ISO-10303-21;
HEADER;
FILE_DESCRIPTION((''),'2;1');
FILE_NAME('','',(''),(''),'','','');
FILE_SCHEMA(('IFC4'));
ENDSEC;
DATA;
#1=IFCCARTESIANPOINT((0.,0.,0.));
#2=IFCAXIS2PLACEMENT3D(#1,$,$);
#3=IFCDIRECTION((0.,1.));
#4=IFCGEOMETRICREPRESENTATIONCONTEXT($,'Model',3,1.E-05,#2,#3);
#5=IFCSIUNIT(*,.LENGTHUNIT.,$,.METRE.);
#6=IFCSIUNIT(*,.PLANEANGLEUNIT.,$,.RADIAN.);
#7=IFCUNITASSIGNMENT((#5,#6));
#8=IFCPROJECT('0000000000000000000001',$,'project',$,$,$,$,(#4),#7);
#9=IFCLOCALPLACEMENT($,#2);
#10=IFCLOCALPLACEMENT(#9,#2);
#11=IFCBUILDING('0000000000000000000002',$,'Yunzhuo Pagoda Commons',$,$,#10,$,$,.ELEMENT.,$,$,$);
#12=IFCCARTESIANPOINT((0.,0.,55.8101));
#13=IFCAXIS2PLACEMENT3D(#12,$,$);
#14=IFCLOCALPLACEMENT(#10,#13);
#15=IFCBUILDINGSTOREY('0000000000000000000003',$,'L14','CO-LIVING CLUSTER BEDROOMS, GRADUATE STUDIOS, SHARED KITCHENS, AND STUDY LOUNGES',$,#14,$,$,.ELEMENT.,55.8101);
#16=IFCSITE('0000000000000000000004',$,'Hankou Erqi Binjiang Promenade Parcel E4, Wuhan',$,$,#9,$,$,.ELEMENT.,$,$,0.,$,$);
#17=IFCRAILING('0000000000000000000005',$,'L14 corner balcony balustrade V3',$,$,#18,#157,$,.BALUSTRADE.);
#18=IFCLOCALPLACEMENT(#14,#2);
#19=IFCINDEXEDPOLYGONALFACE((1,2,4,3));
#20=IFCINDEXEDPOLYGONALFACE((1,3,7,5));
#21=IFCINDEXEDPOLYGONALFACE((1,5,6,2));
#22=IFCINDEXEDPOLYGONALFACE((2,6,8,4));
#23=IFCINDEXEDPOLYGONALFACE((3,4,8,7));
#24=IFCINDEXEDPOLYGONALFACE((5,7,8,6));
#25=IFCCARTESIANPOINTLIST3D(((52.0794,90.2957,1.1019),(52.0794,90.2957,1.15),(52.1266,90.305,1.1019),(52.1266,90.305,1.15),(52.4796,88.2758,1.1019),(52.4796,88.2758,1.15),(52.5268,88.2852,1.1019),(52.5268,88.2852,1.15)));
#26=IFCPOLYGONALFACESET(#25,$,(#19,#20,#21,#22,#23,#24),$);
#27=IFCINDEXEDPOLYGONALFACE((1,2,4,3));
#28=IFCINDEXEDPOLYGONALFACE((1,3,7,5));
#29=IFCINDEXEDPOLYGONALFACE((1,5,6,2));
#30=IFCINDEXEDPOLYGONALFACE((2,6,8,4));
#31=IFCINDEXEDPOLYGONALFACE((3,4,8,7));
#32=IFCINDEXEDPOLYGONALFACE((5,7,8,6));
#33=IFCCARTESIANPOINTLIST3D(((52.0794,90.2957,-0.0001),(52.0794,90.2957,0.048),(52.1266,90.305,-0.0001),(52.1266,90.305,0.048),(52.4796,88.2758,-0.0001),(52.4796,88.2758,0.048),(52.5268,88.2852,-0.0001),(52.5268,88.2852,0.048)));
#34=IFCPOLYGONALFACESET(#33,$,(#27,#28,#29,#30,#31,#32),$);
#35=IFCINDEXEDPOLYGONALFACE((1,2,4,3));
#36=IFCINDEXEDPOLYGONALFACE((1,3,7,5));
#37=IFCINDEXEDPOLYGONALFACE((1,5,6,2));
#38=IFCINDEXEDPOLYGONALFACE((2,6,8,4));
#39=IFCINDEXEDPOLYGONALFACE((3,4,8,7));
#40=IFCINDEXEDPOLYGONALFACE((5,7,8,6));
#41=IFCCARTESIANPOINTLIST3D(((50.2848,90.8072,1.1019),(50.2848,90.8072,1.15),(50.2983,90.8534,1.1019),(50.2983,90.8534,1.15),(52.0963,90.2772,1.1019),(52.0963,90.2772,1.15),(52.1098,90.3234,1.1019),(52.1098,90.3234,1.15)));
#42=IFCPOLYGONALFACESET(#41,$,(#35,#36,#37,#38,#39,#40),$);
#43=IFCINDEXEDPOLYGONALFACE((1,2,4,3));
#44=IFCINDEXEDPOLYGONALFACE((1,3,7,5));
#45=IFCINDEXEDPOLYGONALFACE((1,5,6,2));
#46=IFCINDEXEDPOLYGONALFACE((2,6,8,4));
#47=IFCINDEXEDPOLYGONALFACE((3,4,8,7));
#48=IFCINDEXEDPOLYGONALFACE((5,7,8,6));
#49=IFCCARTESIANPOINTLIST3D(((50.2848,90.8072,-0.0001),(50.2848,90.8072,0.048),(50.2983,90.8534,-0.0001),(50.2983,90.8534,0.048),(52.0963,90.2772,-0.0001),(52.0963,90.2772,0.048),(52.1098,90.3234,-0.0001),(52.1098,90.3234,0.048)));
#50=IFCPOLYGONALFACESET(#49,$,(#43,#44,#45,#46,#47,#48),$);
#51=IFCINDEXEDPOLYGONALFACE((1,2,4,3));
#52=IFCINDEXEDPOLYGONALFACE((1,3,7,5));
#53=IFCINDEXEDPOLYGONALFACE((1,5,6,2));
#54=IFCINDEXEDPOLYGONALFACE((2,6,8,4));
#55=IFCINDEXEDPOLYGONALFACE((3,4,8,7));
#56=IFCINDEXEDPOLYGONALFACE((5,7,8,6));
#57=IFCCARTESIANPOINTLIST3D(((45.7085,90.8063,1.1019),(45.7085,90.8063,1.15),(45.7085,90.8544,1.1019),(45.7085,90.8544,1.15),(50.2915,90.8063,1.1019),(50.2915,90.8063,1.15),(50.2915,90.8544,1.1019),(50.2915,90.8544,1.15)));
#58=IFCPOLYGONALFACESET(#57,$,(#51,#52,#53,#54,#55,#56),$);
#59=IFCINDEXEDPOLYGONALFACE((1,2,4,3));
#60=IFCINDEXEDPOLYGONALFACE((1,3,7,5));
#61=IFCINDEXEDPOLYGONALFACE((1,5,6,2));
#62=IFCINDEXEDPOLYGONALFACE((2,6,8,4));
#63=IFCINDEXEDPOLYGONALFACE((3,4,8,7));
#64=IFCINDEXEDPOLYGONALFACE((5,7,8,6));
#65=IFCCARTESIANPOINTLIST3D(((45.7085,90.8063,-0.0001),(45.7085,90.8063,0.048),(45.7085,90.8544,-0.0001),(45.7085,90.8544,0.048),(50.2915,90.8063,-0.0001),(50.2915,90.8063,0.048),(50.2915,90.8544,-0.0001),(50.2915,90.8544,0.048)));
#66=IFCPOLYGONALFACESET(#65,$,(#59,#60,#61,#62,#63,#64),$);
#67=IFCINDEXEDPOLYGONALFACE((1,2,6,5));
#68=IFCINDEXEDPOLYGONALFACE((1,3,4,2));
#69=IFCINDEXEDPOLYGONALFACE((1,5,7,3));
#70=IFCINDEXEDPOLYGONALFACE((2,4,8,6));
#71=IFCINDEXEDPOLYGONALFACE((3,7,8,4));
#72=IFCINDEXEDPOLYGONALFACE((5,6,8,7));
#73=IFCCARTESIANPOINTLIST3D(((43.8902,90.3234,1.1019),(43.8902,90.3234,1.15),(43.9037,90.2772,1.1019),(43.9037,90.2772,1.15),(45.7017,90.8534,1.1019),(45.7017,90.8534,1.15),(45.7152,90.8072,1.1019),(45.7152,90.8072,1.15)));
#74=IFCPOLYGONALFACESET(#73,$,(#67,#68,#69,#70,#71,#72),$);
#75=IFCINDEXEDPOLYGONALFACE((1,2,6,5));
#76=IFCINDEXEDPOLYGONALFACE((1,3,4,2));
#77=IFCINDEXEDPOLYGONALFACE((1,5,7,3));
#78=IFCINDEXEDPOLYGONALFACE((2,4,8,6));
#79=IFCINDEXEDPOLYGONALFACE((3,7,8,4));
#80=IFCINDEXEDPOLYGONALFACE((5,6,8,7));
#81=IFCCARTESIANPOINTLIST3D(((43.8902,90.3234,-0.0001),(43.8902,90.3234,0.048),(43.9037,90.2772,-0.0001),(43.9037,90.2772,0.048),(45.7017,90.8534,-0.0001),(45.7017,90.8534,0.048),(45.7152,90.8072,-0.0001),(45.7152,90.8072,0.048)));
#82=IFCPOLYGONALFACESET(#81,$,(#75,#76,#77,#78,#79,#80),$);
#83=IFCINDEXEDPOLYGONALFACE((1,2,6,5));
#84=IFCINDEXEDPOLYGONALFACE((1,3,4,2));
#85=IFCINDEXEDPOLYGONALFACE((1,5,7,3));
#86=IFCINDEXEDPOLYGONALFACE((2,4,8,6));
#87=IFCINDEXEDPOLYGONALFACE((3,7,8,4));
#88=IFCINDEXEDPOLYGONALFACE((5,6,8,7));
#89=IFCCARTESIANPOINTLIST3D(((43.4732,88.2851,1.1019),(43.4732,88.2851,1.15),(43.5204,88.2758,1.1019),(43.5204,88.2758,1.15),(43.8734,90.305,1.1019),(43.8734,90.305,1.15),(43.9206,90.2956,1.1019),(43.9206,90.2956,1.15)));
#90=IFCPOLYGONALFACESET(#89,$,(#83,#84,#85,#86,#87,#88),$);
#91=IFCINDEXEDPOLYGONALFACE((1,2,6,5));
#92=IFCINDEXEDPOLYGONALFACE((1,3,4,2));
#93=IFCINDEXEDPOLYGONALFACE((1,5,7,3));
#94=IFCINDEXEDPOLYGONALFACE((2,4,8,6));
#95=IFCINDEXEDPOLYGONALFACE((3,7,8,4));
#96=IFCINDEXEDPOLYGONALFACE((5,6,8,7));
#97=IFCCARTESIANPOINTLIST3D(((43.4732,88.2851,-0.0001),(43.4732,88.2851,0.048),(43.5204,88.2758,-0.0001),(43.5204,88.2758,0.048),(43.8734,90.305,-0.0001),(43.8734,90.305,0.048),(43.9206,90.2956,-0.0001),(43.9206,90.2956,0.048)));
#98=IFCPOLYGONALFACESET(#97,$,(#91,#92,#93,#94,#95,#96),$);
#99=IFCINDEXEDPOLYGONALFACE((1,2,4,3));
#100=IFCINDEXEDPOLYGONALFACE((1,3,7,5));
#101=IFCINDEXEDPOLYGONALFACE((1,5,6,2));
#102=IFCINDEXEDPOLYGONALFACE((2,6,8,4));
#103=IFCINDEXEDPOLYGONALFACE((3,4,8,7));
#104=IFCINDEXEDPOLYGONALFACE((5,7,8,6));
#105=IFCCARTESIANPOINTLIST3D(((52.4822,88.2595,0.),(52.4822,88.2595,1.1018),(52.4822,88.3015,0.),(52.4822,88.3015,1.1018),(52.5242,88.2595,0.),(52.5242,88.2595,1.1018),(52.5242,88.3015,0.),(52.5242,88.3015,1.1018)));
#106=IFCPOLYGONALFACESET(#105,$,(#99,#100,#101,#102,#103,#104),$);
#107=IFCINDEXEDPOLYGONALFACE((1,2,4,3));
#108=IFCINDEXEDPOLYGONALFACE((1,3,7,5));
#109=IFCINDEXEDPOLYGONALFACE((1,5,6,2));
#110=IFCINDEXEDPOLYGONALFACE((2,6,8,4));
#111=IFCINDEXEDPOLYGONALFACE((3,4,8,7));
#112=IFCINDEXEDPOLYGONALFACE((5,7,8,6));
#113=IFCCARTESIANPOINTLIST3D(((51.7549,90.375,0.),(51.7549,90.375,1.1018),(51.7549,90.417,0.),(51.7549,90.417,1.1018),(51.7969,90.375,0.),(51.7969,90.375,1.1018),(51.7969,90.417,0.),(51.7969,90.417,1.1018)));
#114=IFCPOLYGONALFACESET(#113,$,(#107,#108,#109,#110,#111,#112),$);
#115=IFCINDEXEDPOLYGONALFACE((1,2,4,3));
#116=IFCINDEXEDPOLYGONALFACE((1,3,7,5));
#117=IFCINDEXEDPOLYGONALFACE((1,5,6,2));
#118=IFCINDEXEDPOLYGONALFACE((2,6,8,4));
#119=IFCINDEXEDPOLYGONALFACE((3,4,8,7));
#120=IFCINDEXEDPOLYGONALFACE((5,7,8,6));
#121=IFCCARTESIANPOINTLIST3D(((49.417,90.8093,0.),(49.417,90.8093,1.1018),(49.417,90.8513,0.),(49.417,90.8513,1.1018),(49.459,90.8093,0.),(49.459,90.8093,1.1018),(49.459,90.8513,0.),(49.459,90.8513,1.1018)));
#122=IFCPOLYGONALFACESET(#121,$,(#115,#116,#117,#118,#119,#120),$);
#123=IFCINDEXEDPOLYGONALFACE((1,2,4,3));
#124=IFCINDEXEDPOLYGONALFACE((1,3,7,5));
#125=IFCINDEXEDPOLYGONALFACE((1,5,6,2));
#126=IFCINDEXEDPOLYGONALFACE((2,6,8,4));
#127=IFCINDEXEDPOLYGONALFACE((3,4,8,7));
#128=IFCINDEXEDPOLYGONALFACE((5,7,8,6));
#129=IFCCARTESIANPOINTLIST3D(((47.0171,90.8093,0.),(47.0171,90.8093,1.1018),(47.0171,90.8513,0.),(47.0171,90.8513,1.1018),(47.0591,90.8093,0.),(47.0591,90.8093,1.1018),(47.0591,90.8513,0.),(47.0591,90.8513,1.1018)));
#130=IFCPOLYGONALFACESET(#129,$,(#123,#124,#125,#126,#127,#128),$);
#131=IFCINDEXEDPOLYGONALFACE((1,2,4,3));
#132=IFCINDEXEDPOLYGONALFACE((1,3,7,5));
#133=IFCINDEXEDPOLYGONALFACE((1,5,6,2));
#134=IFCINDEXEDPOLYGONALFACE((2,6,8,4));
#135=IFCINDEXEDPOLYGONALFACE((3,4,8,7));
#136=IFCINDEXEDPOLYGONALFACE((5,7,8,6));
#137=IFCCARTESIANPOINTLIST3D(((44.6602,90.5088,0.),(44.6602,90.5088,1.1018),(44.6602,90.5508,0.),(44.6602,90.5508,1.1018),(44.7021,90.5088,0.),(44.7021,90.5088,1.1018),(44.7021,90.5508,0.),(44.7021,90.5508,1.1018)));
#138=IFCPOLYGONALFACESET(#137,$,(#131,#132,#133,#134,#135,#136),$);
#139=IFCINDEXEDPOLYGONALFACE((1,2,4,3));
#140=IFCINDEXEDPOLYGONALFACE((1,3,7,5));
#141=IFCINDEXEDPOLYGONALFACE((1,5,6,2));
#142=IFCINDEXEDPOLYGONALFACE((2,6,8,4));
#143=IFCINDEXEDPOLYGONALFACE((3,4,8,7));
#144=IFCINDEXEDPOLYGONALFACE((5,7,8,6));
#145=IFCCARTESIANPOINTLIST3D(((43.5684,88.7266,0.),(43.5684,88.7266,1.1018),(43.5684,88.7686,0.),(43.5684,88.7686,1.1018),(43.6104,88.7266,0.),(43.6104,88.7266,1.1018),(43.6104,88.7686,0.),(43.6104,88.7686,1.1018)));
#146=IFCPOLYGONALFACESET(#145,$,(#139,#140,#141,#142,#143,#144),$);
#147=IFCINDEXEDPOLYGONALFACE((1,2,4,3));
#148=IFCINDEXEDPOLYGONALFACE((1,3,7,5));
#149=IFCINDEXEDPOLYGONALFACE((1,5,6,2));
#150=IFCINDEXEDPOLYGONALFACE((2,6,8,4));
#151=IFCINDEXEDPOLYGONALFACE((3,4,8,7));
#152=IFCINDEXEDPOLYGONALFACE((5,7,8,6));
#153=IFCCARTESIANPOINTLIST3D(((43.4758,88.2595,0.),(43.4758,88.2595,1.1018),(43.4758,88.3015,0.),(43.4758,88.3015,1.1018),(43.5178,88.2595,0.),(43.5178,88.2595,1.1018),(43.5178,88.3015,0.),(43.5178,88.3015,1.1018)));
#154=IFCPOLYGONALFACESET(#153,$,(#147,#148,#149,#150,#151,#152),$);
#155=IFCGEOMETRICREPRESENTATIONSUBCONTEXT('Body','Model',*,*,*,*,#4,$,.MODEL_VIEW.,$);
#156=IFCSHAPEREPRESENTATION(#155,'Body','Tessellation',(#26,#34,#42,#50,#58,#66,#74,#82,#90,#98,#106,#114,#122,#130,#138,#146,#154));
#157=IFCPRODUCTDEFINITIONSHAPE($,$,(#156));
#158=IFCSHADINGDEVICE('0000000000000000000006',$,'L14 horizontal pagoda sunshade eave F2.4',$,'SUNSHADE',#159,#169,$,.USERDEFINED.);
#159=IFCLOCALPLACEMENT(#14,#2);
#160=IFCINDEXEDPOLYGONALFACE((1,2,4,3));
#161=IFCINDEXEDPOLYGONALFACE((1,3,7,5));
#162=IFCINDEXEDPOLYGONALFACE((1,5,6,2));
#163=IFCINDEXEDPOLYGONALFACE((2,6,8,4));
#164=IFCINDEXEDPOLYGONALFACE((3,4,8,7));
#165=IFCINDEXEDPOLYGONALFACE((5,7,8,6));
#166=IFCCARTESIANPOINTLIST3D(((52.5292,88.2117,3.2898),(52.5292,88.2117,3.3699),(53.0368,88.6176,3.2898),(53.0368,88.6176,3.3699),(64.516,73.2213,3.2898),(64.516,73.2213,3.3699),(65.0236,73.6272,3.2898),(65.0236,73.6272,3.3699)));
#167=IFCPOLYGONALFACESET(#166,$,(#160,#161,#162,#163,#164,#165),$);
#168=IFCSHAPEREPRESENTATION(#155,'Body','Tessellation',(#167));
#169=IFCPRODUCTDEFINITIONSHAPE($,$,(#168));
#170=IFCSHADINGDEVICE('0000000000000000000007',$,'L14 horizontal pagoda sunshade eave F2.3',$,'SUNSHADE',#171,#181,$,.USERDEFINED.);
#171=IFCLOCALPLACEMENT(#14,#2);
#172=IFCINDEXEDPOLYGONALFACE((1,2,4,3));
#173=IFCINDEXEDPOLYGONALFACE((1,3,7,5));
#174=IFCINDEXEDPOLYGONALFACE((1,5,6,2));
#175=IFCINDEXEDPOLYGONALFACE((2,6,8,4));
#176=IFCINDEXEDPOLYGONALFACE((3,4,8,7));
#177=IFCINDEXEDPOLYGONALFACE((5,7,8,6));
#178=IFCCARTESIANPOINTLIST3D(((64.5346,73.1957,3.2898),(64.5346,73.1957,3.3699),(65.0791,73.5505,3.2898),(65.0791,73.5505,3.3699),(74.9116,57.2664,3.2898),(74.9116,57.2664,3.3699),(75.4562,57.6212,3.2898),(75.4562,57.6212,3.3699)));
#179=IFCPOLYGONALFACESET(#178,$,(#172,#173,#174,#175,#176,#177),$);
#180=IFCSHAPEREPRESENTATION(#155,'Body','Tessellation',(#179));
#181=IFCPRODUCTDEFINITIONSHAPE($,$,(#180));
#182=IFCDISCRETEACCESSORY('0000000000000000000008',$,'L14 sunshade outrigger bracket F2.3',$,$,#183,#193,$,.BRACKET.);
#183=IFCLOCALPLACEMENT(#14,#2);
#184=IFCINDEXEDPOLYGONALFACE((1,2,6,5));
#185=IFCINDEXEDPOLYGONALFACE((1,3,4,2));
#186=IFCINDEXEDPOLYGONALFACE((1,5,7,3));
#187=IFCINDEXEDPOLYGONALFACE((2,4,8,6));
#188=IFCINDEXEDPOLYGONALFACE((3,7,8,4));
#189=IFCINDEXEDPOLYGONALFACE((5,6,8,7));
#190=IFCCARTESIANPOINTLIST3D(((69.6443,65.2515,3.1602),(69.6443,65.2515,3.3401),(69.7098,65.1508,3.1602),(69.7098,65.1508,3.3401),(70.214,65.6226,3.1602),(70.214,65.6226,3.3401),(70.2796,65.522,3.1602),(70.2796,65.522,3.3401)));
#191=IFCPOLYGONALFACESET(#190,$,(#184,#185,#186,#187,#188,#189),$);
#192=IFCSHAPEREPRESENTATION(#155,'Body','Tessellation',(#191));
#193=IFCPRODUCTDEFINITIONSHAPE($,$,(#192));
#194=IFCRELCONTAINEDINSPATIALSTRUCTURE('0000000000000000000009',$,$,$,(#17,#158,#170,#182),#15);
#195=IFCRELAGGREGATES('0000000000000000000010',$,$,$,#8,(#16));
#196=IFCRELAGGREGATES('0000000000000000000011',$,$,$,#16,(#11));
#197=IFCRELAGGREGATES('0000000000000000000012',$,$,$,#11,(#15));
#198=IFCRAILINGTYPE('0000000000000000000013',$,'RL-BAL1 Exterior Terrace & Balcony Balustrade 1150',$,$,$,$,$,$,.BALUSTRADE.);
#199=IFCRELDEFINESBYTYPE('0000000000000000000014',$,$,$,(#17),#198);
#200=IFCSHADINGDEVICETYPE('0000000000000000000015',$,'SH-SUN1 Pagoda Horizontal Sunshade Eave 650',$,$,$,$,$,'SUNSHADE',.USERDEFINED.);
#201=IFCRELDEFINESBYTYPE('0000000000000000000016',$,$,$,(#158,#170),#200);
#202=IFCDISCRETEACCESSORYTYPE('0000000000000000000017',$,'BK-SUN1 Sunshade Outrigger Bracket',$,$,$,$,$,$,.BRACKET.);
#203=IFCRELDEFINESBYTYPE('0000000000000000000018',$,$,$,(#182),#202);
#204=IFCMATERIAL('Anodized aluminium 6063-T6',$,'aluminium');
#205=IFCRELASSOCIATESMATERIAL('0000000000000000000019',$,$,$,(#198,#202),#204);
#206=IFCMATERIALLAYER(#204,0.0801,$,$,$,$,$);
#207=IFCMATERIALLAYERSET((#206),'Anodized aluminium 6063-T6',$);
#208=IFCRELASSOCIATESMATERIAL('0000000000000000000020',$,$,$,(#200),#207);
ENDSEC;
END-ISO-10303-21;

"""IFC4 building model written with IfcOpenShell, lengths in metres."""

from ifc_helpers import new_model, si_unit, direction, frame, origin, origin_2d, place, context, subcontext, project, spatial, rectangle, extrude, source, transform, mapped, material, layer, layer_set, type_object, element, save


model = new_model("IFC4")

# Units and contexts
model_context = context("Model", 3, precision=1e-05, world=origin(), true_north=direction((0.0, 1.0)))
body_context = subcontext(model_context, "Body", "Model", "MODEL_VIEW")
ifc_project = project(units=[si_unit("LENGTHUNIT", "METRE"), si_unit("PLANEANGLEUNIT", "RADIAN")], contexts=[model_context])

# Site, building, storey
site_placement = place(None, origin())
site = spatial("IfcSite", under=ifc_project, at=site_placement, Name="Hankou Erqi Binjiang Promenade Parcel E4, Wuhan", CompositionType="ELEMENT", RefElevation=0.0)
building_placement = place(site_placement, origin())
building = spatial("IfcBuilding", under=site, at=building_placement, Name="Yunzhuo Pagoda Commons", CompositionType="ELEMENT")
storey_placement = place(building_placement, frame((0.0, 0.0, 55.8101)))
storey = spatial("IfcBuildingStorey", under=building, at=storey_placement, Name="L14", Description="CO-LIVING CLUSTER BEDROOMS, GRADUATE STUDIOS, SHARED KITCHENS, AND STUDY LOUNGES", CompositionType="ELEMENT", Elevation=55.8101)

# Shared definitions
ifc_material_1 = material(Name="Anodized aluminium 6063-T6", Category="aluminium")

# Railing
railing_type_1 = type_object("IfcRailingType", Name="RL-BAL1 Exterior Terrace & Balcony Balustrade 1150", PredefinedType="BALUSTRADE", material=ifc_material_1)
railing_1_placement = place(storey_placement, frame((52.5032, 88.2805, 0.0)))
element("IfcRailing", 1, at=railing_1_placement, inside=storey, type_object=railing_type_1, Name="L14 corner balcony balustrade V3", PredefinedType="BALUSTRADE", context=body_context, shape_type="SweptSolid", body=[
    extrude(rectangle(XDim=0.0481, YDim=0.0481, at=origin_2d()), frame((0.0, 0.0, 1.126), z_axis=(-0.194337, 0.980935, 0.0), x_axis=(-0.980935, -0.194337, 0.0)), (0.0, 0.0, 1.0), 2.0591),
    extrude(rectangle(XDim=0.0481, YDim=0.0481, at=origin_2d()), frame((0.0, 0.0, 0.0239), z_axis=(-0.194337, 0.980935, 0.0), x_axis=(-0.980935, -0.194337, 0.0)), (0.0, 0.0, 1.0), 2.0591),
    extrude(rectangle(XDim=0.0481, YDim=0.0481, at=origin_2d()), frame((-0.4001, 2.0198, 1.126), z_axis=(-0.959762, 0.280814, 0.0), x_axis=(-0.280814, -0.959762, 0.0)), (0.0, 0.0, 1.0), 1.8875),
    extrude(rectangle(XDim=0.0481, YDim=0.0481, at=origin_2d()), frame((-0.4001, 2.0198, 0.0239), z_axis=(-0.959762, 0.280814, 0.0), x_axis=(-0.280814, -0.959762, 0.0)), (0.0, 0.0, 1.0), 1.8875),
    extrude(rectangle(XDim=0.0481, YDim=0.0481, at=origin_2d()), frame((-2.2117, 2.5498, 1.126), z_axis=(-1.0, 0.0, 0.0), x_axis=(0.0, -1.0, 0.0)), (0.0, 0.0, 1.0), 4.583),
    extrude(rectangle(XDim=0.0481, YDim=0.0481, at=origin_2d()), frame((-2.2117, 2.5498, 0.0239), z_axis=(-1.0, 0.0, 0.0), x_axis=(0.0, -1.0, 0.0)), (0.0, 0.0, 1.0), 4.583),
    extrude(rectangle(XDim=0.0481, YDim=0.0481, at=origin_2d()), frame((-6.7947, 2.5498, 1.126), z_axis=(-0.959762, -0.280814, 0.0), x_axis=(0.280814, -0.959762, 0.0)), (0.0, 0.0, 1.0), 1.8875),
    extrude(rectangle(XDim=0.0481, YDim=0.0481, at=origin_2d()), frame((-6.7947, 2.5498, 0.0239), z_axis=(-0.959762, -0.280814, 0.0), x_axis=(0.280814, -0.959762, 0.0)), (0.0, 0.0, 1.0), 1.8875),
    extrude(rectangle(XDim=0.0481, YDim=0.0481, at=origin_2d()), frame((-8.6062, 2.0198, 1.126), z_axis=(-0.194337, -0.980935, 0.0), x_axis=(0.980935, -0.194337, 0.0)), (0.0, 0.0, 1.0), 2.0591),
    extrude(rectangle(XDim=0.0481, YDim=0.0481, at=origin_2d()), frame((-8.6062, 2.0198, 0.0239), z_axis=(-0.194337, -0.980935, 0.0), x_axis=(0.980935, -0.194337, 0.0)), (0.0, 0.0, 1.0), 2.0591),
    extrude(rectangle(XDim=0.042, YDim=0.042, at=origin_2d()), origin(), (0.0, 0.0, 1.0), 1.1018),
    extrude(rectangle(XDim=0.042, YDim=0.042, at=origin_2d()), frame((-0.7273, 2.1155, 0.0)), (0.0, 0.0, 1.0), 1.1018),
    extrude(rectangle(XDim=0.042, YDim=0.042, at=origin_2d()), frame((-3.0652, 2.5498, 0.0)), (0.0, 0.0, 1.0), 1.1018),
    extrude(rectangle(XDim=0.042, YDim=0.042, at=origin_2d()), frame((-5.4651, 2.5498, 0.0)), (0.0, 0.0, 1.0), 1.1018),
    extrude(rectangle(XDim=0.042, YDim=0.042, at=origin_2d()), frame((-7.822, 2.2493, 0.0)), (0.0, 0.0, 1.0), 1.1018),
    extrude(rectangle(XDim=0.042, YDim=0.042, at=origin_2d()), frame((-8.9138, 0.467, 0.0)), (0.0, 0.0, 1.0), 1.1018),
    extrude(rectangle(XDim=0.042, YDim=0.042, at=origin_2d()), frame((-9.0063, 0.0, 0.0)), (0.0, 0.0, 1.0), 1.1018),
])

# Shading devices
ifc_layer_1 = layer(ifc_material_1, 0.0801)
ifc_layer_set_1 = layer_set([ifc_layer_1], Name="Anodized aluminium 6063-T6")
shading_device_type = type_object("IfcShadingDeviceType", Name="SH-SUN1 Pagoda Horizontal Sunshade Eave 650", ElementType="SUNSHADE", PredefinedType="USERDEFINED", material=ifc_layer_set_1)
shared_shape_1 = source(origin(), body_context, "Body", "SweptSolid", [
    extrude(rectangle(XDim=19.1936, YDim=0.6499, at=origin_2d()), origin(), (0.0, 0.0, 1.0), 0.0801),
])
shading_device_1_placement = place(storey_placement, frame((58.7764, 80.9194, 3.2898), z_axis=(0.0, 0.0, 1.0), x_axis=(-0.62452, 0.781008, 0.0)))
element("IfcShadingDevice", 2, at=shading_device_1_placement, inside=storey, type_object=shading_device_type, Name="L14 horizontal pagoda sunshade eave F2.4", ObjectType="SUNSHADE", PredefinedType="USERDEFINED", context=body_context, shape_type="MappedRepresentation", body=[
    mapped(shared_shape_1, transform((0.0, 0.0, 0.0), scale=1.0)),
])
shared_shape_2 = source(origin(), body_context, "Body", "SweptSolid", [
    extrude(rectangle(XDim=19.0112, YDim=0.6499, at=origin_2d()), origin(), (0.0, 0.0, 1.0), 0.0801),
])
shading_device_2_placement = place(storey_placement, frame((69.9954, 65.4084, 3.2898), z_axis=(0.0, 0.0, 1.0), x_axis=(-0.545839, 0.83789, 0.0)))
element("IfcShadingDevice", 3, at=shading_device_2_placement, inside=storey, type_object=shading_device_type, Name="L14 horizontal pagoda sunshade eave F2.3", ObjectType="SUNSHADE", PredefinedType="USERDEFINED", context=body_context, shape_type="MappedRepresentation", body=[
    mapped(shared_shape_2, transform((0.0, 0.0, 0.0), scale=1.0)),
])

# Discrete accessory
discrete_accessory_type = type_object("IfcDiscreteAccessoryType", Name="BK-SUN1 Sunshade Outrigger Bracket", PredefinedType="BRACKET", material=ifc_material_1)
shared_shape_3 = source(origin(), body_context, "Body", "SweptSolid", [
    extrude(rectangle(XDim=0.1201, YDim=0.6799, at=origin_2d()), origin(), (0.0, 0.0, 1.0), 0.1799),
])
discrete_accessory_placement = place(storey_placement, frame((69.9619, 65.3867, 3.1602), z_axis=(0.0, 0.0, 1.0), x_axis=(-0.545839, 0.83789, 0.0)))
element("IfcDiscreteAccessory", 4, at=discrete_accessory_placement, inside=storey, type_object=discrete_accessory_type, Name="L14 sunshade outrigger bracket F2.3", PredefinedType="BRACKET", context=body_context, shape_type="MappedRepresentation", body=[
    mapped(shared_shape_3, transform((0.0, 0.0, 0.0), scale=1.0)),
])

save(model, "model.ifc")
